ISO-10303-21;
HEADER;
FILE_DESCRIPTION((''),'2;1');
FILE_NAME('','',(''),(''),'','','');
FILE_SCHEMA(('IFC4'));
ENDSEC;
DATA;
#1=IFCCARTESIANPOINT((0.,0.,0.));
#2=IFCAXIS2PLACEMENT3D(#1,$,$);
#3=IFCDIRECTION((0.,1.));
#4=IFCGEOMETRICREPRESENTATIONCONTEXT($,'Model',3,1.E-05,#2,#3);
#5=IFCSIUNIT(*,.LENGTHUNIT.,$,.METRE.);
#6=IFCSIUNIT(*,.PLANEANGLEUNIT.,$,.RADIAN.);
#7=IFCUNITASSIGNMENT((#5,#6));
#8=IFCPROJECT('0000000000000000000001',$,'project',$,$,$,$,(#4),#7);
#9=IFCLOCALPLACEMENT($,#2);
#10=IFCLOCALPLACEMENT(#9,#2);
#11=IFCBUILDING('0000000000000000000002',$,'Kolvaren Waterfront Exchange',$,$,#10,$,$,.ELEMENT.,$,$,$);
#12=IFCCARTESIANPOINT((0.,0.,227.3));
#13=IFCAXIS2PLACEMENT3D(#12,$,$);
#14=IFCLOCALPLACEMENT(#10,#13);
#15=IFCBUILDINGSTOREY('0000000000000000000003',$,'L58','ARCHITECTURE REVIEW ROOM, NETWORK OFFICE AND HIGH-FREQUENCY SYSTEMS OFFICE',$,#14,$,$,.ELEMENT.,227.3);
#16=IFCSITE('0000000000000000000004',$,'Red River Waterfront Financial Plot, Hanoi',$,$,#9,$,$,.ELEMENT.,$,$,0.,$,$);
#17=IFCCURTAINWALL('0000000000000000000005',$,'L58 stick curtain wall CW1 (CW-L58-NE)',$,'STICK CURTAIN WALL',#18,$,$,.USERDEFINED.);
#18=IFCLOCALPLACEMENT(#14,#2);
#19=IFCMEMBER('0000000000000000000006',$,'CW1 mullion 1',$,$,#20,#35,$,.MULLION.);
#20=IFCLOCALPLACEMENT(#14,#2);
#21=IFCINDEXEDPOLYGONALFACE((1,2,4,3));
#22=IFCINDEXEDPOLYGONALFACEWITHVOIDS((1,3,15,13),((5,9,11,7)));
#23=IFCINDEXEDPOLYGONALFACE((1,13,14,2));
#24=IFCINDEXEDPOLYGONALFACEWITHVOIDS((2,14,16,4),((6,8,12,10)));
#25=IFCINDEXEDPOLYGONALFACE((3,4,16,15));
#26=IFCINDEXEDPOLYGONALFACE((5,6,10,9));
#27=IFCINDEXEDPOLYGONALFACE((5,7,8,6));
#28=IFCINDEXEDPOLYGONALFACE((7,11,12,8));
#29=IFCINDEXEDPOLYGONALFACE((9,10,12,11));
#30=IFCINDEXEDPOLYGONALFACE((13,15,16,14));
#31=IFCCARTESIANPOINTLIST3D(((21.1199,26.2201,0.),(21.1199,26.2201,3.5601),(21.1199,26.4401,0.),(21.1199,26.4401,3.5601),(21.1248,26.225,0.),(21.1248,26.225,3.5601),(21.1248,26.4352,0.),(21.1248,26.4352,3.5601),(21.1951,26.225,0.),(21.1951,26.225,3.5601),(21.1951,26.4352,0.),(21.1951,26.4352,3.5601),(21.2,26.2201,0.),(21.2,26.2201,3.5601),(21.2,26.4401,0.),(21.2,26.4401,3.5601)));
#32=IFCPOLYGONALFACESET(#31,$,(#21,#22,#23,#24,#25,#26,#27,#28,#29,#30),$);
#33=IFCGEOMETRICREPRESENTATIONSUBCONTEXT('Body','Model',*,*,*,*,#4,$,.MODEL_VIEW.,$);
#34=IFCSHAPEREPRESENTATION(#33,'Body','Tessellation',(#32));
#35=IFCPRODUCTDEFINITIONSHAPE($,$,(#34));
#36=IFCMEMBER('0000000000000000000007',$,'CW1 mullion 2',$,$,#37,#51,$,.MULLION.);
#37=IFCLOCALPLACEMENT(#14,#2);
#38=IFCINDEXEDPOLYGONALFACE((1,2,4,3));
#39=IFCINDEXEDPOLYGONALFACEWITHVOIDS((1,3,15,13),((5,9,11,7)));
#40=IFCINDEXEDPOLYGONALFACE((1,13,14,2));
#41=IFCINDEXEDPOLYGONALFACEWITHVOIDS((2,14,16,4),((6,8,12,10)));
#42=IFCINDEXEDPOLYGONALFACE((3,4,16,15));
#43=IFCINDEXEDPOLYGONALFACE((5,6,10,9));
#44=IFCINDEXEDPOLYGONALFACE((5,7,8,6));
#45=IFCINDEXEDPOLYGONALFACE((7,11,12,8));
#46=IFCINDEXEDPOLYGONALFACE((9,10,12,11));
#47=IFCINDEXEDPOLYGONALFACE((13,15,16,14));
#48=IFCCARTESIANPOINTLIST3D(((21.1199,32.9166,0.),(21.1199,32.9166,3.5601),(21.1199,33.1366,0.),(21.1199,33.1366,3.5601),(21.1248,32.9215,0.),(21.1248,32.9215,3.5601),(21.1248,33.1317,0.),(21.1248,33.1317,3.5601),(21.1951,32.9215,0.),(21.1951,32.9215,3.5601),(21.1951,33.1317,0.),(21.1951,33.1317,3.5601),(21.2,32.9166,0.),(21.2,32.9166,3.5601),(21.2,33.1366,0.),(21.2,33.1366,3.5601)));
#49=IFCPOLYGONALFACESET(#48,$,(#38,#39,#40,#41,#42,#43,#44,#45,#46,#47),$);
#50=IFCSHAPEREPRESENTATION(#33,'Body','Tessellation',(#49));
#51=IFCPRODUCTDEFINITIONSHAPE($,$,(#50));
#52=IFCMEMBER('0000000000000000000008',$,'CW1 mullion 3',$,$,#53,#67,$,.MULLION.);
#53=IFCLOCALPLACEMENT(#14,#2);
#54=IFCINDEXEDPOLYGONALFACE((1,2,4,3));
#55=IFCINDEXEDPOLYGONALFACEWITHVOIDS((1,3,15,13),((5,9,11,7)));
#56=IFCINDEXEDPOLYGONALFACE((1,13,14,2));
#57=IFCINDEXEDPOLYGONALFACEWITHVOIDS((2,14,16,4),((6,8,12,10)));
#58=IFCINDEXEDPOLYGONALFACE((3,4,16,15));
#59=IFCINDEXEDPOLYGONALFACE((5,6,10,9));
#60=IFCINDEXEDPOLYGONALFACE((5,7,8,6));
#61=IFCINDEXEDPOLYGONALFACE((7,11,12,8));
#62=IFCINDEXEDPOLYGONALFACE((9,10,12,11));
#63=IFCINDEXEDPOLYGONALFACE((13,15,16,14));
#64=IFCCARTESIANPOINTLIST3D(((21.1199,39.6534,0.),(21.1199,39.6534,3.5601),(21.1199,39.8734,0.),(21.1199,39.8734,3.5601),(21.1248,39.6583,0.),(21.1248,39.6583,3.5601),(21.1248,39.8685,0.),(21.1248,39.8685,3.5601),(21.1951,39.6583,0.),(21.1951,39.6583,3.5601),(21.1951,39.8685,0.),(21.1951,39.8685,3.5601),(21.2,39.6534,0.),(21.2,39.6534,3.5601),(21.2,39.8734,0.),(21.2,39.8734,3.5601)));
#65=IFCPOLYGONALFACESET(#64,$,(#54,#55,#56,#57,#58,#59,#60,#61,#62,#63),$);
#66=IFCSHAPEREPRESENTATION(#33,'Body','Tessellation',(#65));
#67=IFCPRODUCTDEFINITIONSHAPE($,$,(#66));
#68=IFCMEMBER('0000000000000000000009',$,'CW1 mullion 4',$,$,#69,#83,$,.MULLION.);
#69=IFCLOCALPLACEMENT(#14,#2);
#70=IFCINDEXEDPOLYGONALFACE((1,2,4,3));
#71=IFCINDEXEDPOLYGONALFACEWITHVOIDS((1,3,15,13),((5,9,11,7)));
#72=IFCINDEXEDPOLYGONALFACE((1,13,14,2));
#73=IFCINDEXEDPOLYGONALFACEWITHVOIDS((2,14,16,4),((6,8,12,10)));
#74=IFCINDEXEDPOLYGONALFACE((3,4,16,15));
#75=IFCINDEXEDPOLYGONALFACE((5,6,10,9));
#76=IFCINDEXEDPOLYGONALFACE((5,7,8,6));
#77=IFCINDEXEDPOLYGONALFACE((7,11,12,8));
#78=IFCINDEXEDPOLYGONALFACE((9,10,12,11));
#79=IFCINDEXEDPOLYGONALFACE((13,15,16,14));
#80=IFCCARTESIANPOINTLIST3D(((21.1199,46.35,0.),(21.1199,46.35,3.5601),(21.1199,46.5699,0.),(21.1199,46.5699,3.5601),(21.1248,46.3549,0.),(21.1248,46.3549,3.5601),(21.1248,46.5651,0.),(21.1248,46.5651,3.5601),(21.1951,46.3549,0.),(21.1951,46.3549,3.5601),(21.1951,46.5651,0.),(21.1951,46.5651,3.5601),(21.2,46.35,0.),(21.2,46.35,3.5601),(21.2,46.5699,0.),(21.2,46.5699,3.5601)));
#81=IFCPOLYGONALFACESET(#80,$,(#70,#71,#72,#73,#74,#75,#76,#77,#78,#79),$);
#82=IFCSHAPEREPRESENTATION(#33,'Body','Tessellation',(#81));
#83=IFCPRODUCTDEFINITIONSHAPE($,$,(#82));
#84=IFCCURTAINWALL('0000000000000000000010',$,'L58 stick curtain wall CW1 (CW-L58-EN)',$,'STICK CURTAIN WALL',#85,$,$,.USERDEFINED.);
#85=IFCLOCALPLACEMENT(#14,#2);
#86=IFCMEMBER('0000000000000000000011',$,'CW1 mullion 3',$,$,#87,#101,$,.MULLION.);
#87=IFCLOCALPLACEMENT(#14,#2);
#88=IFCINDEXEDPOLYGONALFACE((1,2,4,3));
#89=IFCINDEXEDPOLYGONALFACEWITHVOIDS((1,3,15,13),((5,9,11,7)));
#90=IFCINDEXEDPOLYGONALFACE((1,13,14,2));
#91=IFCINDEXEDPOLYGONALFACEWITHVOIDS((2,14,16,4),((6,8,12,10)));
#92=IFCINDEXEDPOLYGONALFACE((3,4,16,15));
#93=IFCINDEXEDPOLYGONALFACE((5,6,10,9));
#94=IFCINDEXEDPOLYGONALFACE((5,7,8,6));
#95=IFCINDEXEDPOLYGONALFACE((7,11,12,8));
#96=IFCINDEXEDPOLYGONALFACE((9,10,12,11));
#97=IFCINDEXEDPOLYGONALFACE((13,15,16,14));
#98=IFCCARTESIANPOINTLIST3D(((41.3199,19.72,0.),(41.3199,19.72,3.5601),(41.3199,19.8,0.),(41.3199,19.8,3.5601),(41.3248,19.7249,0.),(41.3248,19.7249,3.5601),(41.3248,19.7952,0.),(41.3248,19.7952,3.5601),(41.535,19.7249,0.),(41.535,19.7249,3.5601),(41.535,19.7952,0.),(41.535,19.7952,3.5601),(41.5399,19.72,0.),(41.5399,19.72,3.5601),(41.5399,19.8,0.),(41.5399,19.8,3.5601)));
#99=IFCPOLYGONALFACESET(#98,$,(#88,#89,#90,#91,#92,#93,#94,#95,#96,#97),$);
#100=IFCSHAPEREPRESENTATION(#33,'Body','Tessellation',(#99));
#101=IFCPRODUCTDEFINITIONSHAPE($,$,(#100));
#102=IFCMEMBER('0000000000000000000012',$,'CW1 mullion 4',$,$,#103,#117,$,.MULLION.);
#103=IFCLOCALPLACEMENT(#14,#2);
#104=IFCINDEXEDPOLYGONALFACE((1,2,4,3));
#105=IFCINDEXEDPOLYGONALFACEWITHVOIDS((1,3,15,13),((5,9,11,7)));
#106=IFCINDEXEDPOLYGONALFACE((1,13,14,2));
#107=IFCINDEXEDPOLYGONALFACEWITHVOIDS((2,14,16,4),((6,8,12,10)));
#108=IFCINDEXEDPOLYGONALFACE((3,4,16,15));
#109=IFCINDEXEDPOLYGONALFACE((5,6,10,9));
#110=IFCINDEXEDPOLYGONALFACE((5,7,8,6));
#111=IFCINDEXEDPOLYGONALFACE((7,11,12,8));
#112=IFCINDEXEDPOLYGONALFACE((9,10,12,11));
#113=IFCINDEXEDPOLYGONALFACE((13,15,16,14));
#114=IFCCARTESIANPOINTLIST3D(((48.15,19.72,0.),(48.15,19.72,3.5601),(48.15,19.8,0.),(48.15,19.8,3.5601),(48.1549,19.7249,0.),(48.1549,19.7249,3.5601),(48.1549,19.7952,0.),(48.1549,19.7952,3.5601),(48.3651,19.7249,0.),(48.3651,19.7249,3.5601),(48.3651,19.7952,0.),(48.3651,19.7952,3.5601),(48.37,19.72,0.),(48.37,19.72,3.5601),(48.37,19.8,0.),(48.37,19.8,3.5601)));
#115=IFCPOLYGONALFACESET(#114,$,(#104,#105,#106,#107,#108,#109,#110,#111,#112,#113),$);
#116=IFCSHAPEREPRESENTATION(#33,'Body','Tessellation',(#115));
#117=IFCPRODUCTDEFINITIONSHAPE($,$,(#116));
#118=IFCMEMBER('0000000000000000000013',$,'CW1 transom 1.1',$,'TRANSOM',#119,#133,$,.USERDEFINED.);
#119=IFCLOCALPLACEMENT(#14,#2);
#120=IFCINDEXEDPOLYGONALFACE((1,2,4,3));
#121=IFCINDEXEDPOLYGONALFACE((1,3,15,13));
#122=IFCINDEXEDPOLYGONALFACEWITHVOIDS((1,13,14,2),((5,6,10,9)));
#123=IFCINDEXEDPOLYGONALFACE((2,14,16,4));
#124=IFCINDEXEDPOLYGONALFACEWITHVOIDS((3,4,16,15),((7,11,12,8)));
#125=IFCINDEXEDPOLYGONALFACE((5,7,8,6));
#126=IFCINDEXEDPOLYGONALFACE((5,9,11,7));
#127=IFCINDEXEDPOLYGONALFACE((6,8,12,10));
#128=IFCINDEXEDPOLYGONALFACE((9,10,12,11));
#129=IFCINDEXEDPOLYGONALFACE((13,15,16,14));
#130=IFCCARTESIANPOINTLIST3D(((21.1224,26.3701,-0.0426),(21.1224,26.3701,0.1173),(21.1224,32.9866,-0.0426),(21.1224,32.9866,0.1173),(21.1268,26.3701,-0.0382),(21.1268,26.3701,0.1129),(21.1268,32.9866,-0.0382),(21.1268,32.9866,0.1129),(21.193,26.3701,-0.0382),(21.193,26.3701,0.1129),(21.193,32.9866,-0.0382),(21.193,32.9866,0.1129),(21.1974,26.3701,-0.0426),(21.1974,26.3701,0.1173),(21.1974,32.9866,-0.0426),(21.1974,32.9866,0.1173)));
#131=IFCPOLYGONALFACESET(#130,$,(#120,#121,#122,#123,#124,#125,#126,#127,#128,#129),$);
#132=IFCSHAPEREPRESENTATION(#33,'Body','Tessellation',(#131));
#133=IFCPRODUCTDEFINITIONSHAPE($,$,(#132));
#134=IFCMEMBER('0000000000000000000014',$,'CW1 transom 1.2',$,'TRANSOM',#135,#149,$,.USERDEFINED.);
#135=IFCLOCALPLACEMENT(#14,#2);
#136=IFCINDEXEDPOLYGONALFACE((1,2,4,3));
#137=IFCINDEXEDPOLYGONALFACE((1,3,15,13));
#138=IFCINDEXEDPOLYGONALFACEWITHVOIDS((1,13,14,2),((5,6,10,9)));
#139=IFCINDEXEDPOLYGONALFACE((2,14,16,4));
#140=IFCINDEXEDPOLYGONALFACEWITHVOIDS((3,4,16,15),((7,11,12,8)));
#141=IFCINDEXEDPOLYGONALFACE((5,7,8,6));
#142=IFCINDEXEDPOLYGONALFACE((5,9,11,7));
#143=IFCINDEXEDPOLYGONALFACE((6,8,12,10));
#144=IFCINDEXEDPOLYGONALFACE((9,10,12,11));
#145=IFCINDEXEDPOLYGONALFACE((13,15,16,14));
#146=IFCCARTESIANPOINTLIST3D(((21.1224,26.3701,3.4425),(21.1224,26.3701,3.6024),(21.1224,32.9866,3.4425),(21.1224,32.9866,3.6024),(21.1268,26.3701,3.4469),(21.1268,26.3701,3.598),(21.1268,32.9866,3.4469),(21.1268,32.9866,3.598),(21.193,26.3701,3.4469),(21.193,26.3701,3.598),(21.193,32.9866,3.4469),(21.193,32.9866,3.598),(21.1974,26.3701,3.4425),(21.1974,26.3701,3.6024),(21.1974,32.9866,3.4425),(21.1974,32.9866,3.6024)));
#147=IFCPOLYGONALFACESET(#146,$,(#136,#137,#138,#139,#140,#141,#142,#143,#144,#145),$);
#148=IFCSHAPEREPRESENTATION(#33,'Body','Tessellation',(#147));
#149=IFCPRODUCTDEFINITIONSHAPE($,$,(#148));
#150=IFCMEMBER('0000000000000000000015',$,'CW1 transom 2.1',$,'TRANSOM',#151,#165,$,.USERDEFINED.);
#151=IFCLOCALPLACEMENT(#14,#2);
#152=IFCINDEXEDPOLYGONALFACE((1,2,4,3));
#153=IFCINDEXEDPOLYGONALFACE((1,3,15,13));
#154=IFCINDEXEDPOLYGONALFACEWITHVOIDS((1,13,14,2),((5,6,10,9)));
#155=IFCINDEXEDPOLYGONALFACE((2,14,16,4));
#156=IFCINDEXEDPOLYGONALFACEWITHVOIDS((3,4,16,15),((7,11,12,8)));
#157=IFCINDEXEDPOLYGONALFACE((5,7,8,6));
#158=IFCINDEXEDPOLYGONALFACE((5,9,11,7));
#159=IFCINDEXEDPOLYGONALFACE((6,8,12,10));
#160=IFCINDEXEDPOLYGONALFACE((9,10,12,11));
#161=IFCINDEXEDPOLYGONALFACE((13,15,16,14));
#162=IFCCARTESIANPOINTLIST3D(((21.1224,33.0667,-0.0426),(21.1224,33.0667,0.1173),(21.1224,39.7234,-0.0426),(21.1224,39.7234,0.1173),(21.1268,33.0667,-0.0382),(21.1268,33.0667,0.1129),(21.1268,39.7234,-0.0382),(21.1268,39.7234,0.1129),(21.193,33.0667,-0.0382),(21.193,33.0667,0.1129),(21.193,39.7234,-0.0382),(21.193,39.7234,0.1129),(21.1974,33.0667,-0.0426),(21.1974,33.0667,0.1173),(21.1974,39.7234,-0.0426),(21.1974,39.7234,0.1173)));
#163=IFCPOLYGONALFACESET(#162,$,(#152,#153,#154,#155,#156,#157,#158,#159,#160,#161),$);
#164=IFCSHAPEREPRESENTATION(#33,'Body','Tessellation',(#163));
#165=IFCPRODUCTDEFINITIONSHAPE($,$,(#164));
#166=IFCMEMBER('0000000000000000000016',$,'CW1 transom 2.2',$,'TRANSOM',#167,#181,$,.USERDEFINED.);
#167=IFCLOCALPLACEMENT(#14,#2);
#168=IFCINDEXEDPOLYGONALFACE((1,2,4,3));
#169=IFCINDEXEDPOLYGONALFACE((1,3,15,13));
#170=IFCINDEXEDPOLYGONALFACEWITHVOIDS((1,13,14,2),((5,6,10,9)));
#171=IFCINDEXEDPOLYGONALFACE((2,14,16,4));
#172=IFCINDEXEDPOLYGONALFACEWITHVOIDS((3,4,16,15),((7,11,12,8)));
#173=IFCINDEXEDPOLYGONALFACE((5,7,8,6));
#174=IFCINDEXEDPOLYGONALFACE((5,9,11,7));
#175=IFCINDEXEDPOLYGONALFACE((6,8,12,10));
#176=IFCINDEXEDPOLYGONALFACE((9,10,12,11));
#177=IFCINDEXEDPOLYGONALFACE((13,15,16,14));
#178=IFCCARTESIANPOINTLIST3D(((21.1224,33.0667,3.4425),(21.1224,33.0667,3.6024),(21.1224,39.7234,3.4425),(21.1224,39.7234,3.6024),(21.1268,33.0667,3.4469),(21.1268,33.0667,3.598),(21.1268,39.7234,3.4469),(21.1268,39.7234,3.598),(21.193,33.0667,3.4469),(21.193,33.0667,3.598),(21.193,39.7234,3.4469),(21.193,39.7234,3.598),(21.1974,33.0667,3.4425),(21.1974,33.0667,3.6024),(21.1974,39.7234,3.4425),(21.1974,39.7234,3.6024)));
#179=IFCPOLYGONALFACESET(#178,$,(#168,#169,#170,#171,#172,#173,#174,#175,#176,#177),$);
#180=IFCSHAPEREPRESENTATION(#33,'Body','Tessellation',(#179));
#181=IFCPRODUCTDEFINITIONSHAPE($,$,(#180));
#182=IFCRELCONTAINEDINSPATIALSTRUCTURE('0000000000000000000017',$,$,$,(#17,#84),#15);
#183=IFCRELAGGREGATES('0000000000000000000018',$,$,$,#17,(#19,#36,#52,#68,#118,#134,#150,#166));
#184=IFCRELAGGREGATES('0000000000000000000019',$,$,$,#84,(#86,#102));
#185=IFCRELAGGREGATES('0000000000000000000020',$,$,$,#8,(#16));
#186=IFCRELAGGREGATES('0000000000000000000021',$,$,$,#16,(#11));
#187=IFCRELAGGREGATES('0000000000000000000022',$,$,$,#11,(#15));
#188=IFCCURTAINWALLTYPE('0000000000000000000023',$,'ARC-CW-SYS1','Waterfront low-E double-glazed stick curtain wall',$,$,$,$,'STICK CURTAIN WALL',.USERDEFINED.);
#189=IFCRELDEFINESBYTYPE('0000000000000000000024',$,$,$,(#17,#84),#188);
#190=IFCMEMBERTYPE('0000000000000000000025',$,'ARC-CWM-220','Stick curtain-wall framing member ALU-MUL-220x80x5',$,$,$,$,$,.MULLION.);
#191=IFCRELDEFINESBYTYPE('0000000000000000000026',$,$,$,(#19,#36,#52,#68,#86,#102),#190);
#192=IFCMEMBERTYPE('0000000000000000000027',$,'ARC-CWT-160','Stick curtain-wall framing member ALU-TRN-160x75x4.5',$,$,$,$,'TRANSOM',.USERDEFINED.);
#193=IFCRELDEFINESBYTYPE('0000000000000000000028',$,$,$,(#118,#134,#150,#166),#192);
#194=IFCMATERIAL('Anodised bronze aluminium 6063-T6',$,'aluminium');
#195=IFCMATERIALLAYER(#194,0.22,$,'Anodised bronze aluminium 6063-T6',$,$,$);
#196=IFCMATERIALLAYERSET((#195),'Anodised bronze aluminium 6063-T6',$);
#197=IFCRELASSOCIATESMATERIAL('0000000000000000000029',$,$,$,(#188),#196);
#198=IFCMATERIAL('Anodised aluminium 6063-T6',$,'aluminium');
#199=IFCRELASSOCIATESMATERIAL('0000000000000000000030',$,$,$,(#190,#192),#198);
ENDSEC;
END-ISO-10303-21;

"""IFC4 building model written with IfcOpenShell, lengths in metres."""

from ifc_helpers import new_model, si_unit, direction, frame, origin, origin_with_axes, origin_2d, place, context, subcontext, project, spatial, hollow_rectangle, extrude, source, transform, mapped, material, layer, layer_set, material_profile, profile_set, type_object, element, aggregate, save


model = new_model("IFC4")

# Units and contexts
model_context = context("Model", 3, precision=1e-05, world=origin(), true_north=direction((0.0, 1.0)))
body_context = subcontext(model_context, "Body", "Model", "MODEL_VIEW")
ifc_project = project(units=[si_unit("LENGTHUNIT", "METRE"), si_unit("PLANEANGLEUNIT", "RADIAN")], contexts=[model_context])

# Site, building, storey
site_placement = place(None, origin())
site = spatial("IfcSite", under=ifc_project, at=site_placement, Name="Red River Waterfront Financial Plot, Hanoi", CompositionType="ELEMENT", RefElevation=0.0)
building_placement = place(site_placement, origin())
building = spatial("IfcBuilding", under=site, at=building_placement, Name="Kolvaren Waterfront Exchange", CompositionType="ELEMENT")
storey_placement = place(building_placement, frame((0.0, 0.0, 227.3)))
storey = spatial("IfcBuildingStorey", under=building, at=storey_placement, Name="L58", Description="ARCHITECTURE REVIEW ROOM, NETWORK OFFICE AND HIGH-FREQUENCY SYSTEMS OFFICE", CompositionType="ELEMENT", Elevation=227.3)

# Curtain walls, members
ifc_material_1 = material(Name="Anodised bronze aluminium 6063-T6", Category="aluminium")
ifc_layer_1 = layer(ifc_material_1, 0.22, Name="Anodised bronze aluminium 6063-T6")
ifc_layer_set_1 = layer_set([ifc_layer_1], Name="Anodised bronze aluminium 6063-T6")
curtain_wall_type = type_object("IfcCurtainWallType", Name="ARC-CW-SYS1", Description="Waterfront low-E double-glazed stick curtain wall", ElementType="STICK CURTAIN WALL", PredefinedType="USERDEFINED", material=ifc_layer_set_1)
curtain_wall_1_placement = place(storey_placement, origin())
curtain_wall_1 = element("IfcCurtainWall", 1, at=curtain_wall_1_placement, inside=storey, type_object=curtain_wall_type, Name="L58 stick curtain wall CW1 (CW-L58-NE)", ObjectType="STICK CURTAIN WALL", PredefinedType="USERDEFINED")
ifc_material_2 = material(Name="Anodised aluminium 6063-T6", Category="aluminium")
ifc_material_profile_1 = material_profile(ifc_material_2, hollow_rectangle(XDim=0.0801, YDim=0.22, WallThickness=0.0049, at=origin_2d()), Name="ALU-MUL-220x80x5")
ifc_profile_set_1 = profile_set([ifc_material_profile_1], Name="Anodised aluminium 6063-T6")
member_type_1 = type_object("IfcMemberType", Name="ARC-CWM-220", Description="Stick curtain-wall framing member ALU-MUL-220x80x5", PredefinedType="MULLION", material=ifc_profile_set_1)
shared_shape_1 = source(origin_with_axes(), body_context, "Body", "SweptSolid", [
    extrude(hollow_rectangle(XDim=0.0801, YDim=0.22, WallThickness=0.0049, at=origin_2d()), origin(), (0.0, 0.0, 1.0), 3.5601),
])
member_1_placement = place(storey_placement, frame((21.1599, 26.3301, 0.0), z_axis=(0.0, 0.0, 1.0), x_axis=(-1.0, 0.0, 0.0)))
member_1 = element("IfcMember", 2, at=member_1_placement, type_object=member_type_1, Name="CW1 mullion 1", PredefinedType="MULLION", context=body_context, shape_type="MappedRepresentation", body=[
    mapped(shared_shape_1, transform((0.0, 0.0, 0.0), x_axis=(1.0, 0.0, 0.0), y_axis=(0.0, 1.0, 0.0), z_axis=(0.0, 0.0, 1.0), scale=1.0)),
])
member_2_placement = place(storey_placement, frame((21.1599, 33.0266, 0.0), z_axis=(0.0, 0.0, 1.0), x_axis=(-1.0, 0.0, 0.0)))
member_2 = element("IfcMember", 3, at=member_2_placement, type_object=member_type_1, Name="CW1 mullion 2", PredefinedType="MULLION", context=body_context, shape_type="MappedRepresentation", body=[
    mapped(shared_shape_1, transform((0.0, 0.0, 0.0), x_axis=(1.0, 0.0, 0.0), y_axis=(0.0, 1.0, 0.0), z_axis=(0.0, 0.0, 1.0), scale=1.0)),
])
member_3_placement = place(storey_placement, frame((21.1599, 39.7634, 0.0), z_axis=(0.0, 0.0, 1.0), x_axis=(-1.0, 0.0, 0.0)))
member_3 = element("IfcMember", 4, at=member_3_placement, type_object=member_type_1, Name="CW1 mullion 3", PredefinedType="MULLION", context=body_context, shape_type="MappedRepresentation", body=[
    mapped(shared_shape_1, transform((0.0, 0.0, 0.0), x_axis=(1.0, 0.0, 0.0), y_axis=(0.0, 1.0, 0.0), z_axis=(0.0, 0.0, 1.0), scale=1.0)),
])
member_4_placement = place(storey_placement, frame((21.1599, 46.46, 0.0), z_axis=(0.0, 0.0, 1.0), x_axis=(-1.0, 0.0, 0.0)))
member_4 = element("IfcMember", 5, at=member_4_placement, type_object=member_type_1, Name="CW1 mullion 4", PredefinedType="MULLION", context=body_context, shape_type="MappedRepresentation", body=[
    mapped(shared_shape_1, transform((0.0, 0.0, 0.0), x_axis=(1.0, 0.0, 0.0), y_axis=(0.0, 1.0, 0.0), z_axis=(0.0, 0.0, 1.0), scale=1.0)),
])
curtain_wall_2_placement = place(storey_placement, origin())
curtain_wall_2 = element("IfcCurtainWall", 6, at=curtain_wall_2_placement, inside=storey, type_object=curtain_wall_type, Name="L58 stick curtain wall CW1 (CW-L58-EN)", ObjectType="STICK CURTAIN WALL", PredefinedType="USERDEFINED")
member_5_placement = place(storey_placement, frame((41.4299, 19.76, 0.0), z_axis=(0.0, 0.0, 1.0), x_axis=(0.0, 1.0, 0.0)))
member_5 = element("IfcMember", 7, at=member_5_placement, type_object=member_type_1, Name="CW1 mullion 3", PredefinedType="MULLION", context=body_context, shape_type="MappedRepresentation", body=[
    mapped(shared_shape_1, transform((0.0, 0.0, 0.0), x_axis=(1.0, 0.0, 0.0), y_axis=(0.0, 1.0, 0.0), z_axis=(0.0, 0.0, 1.0), scale=1.0)),
])
member_6_placement = place(storey_placement, frame((48.26, 19.76, 0.0), z_axis=(0.0, 0.0, 1.0), x_axis=(0.0, 1.0, 0.0)))
member_6 = element("IfcMember", 8, at=member_6_placement, type_object=member_type_1, Name="CW1 mullion 4", PredefinedType="MULLION", context=body_context, shape_type="MappedRepresentation", body=[
    mapped(shared_shape_1, transform((0.0, 0.0, 0.0), x_axis=(1.0, 0.0, 0.0), y_axis=(0.0, 1.0, 0.0), z_axis=(0.0, 0.0, 1.0), scale=1.0)),
])

# Members
ifc_material_profile_2 = material_profile(ifc_material_2, hollow_rectangle(XDim=0.075, YDim=0.1599, WallThickness=0.0044, at=origin_2d()), Name="ALU-TRN-160x75x4.5")
ifc_profile_set_2 = profile_set([ifc_material_profile_2], Name="Anodised aluminium 6063-T6")
member_type_2 = type_object("IfcMemberType", Name="ARC-CWT-160", Description="Stick curtain-wall framing member ALU-TRN-160x75x4.5", ElementType="TRANSOM", PredefinedType="USERDEFINED", material=ifc_profile_set_2)
shared_shape_2 = source(origin_with_axes(), body_context, "Body", "SweptSolid", [
    extrude(hollow_rectangle(XDim=0.075, YDim=0.1599, WallThickness=0.0044, at=origin_2d()), origin(), (0.0, 0.0, 1.0), 6.6165),
])
member_7_placement = place(storey_placement, frame((21.1599, 26.3701, 0.0374), z_axis=(0.0, 1.0, 0.0), x_axis=(-1.0, 0.0, 0.0)))
member_7 = element("IfcMember", 9, at=member_7_placement, type_object=member_type_2, Name="CW1 transom 1.1", ObjectType="TRANSOM", PredefinedType="USERDEFINED", context=body_context, shape_type="MappedRepresentation", body=[
    mapped(shared_shape_2, transform((0.0, 0.0, 0.0), x_axis=(1.0, 0.0, 0.0), y_axis=(0.0, 1.0, 0.0), z_axis=(0.0, 0.0, 1.0), scale=1.0)),
])
member_8_placement = place(storey_placement, frame((21.1599, 26.3701, 3.5225), z_axis=(0.0, 1.0, 0.0), x_axis=(-1.0, 0.0, 0.0)))
member_8 = element("IfcMember", 10, at=member_8_placement, type_object=member_type_2, Name="CW1 transom 1.2", ObjectType="TRANSOM", PredefinedType="USERDEFINED", context=body_context, shape_type="MappedRepresentation", body=[
    mapped(shared_shape_2, transform((0.0, 0.0, 0.0), x_axis=(1.0, 0.0, 0.0), y_axis=(0.0, 1.0, 0.0), z_axis=(0.0, 0.0, 1.0), scale=1.0)),
])
shared_shape_3 = source(origin_with_axes(), body_context, "Body", "SweptSolid", [
    extrude(hollow_rectangle(XDim=0.075, YDim=0.1599, WallThickness=0.0044, at=origin_2d()), origin(), (0.0, 0.0, 1.0), 6.6567),
])
member_9_placement = place(storey_placement, frame((21.1599, 33.0667, 0.0374), z_axis=(0.0, 1.0, 0.0), x_axis=(-1.0, 0.0, 0.0)))
member_9 = element("IfcMember", 11, at=member_9_placement, type_object=member_type_2, Name="CW1 transom 2.1", ObjectType="TRANSOM", PredefinedType="USERDEFINED", context=body_context, shape_type="MappedRepresentation", body=[
    mapped(shared_shape_3, transform((0.0, 0.0, 0.0), x_axis=(1.0, 0.0, 0.0), y_axis=(0.0, 1.0, 0.0), z_axis=(0.0, 0.0, 1.0), scale=1.0)),
])
member_10_placement = place(storey_placement, frame((21.1599, 33.0667, 3.5225), z_axis=(0.0, 1.0, 0.0), x_axis=(-1.0, 0.0, 0.0)))
member_10 = element("IfcMember", 12, at=member_10_placement, type_object=member_type_2, Name="CW1 transom 2.2", ObjectType="TRANSOM", PredefinedType="USERDEFINED", context=body_context, shape_type="MappedRepresentation", body=[
    mapped(shared_shape_3, transform((0.0, 0.0, 0.0), x_axis=(1.0, 0.0, 0.0), y_axis=(0.0, 1.0, 0.0), z_axis=(0.0, 0.0, 1.0), scale=1.0)),
])

aggregate(curtain_wall_1, [member_1, member_2, member_3, member_4, member_7, member_8, member_9, member_10])
aggregate(curtain_wall_2, [member_5, member_6])

save(model, "model.ifc")
